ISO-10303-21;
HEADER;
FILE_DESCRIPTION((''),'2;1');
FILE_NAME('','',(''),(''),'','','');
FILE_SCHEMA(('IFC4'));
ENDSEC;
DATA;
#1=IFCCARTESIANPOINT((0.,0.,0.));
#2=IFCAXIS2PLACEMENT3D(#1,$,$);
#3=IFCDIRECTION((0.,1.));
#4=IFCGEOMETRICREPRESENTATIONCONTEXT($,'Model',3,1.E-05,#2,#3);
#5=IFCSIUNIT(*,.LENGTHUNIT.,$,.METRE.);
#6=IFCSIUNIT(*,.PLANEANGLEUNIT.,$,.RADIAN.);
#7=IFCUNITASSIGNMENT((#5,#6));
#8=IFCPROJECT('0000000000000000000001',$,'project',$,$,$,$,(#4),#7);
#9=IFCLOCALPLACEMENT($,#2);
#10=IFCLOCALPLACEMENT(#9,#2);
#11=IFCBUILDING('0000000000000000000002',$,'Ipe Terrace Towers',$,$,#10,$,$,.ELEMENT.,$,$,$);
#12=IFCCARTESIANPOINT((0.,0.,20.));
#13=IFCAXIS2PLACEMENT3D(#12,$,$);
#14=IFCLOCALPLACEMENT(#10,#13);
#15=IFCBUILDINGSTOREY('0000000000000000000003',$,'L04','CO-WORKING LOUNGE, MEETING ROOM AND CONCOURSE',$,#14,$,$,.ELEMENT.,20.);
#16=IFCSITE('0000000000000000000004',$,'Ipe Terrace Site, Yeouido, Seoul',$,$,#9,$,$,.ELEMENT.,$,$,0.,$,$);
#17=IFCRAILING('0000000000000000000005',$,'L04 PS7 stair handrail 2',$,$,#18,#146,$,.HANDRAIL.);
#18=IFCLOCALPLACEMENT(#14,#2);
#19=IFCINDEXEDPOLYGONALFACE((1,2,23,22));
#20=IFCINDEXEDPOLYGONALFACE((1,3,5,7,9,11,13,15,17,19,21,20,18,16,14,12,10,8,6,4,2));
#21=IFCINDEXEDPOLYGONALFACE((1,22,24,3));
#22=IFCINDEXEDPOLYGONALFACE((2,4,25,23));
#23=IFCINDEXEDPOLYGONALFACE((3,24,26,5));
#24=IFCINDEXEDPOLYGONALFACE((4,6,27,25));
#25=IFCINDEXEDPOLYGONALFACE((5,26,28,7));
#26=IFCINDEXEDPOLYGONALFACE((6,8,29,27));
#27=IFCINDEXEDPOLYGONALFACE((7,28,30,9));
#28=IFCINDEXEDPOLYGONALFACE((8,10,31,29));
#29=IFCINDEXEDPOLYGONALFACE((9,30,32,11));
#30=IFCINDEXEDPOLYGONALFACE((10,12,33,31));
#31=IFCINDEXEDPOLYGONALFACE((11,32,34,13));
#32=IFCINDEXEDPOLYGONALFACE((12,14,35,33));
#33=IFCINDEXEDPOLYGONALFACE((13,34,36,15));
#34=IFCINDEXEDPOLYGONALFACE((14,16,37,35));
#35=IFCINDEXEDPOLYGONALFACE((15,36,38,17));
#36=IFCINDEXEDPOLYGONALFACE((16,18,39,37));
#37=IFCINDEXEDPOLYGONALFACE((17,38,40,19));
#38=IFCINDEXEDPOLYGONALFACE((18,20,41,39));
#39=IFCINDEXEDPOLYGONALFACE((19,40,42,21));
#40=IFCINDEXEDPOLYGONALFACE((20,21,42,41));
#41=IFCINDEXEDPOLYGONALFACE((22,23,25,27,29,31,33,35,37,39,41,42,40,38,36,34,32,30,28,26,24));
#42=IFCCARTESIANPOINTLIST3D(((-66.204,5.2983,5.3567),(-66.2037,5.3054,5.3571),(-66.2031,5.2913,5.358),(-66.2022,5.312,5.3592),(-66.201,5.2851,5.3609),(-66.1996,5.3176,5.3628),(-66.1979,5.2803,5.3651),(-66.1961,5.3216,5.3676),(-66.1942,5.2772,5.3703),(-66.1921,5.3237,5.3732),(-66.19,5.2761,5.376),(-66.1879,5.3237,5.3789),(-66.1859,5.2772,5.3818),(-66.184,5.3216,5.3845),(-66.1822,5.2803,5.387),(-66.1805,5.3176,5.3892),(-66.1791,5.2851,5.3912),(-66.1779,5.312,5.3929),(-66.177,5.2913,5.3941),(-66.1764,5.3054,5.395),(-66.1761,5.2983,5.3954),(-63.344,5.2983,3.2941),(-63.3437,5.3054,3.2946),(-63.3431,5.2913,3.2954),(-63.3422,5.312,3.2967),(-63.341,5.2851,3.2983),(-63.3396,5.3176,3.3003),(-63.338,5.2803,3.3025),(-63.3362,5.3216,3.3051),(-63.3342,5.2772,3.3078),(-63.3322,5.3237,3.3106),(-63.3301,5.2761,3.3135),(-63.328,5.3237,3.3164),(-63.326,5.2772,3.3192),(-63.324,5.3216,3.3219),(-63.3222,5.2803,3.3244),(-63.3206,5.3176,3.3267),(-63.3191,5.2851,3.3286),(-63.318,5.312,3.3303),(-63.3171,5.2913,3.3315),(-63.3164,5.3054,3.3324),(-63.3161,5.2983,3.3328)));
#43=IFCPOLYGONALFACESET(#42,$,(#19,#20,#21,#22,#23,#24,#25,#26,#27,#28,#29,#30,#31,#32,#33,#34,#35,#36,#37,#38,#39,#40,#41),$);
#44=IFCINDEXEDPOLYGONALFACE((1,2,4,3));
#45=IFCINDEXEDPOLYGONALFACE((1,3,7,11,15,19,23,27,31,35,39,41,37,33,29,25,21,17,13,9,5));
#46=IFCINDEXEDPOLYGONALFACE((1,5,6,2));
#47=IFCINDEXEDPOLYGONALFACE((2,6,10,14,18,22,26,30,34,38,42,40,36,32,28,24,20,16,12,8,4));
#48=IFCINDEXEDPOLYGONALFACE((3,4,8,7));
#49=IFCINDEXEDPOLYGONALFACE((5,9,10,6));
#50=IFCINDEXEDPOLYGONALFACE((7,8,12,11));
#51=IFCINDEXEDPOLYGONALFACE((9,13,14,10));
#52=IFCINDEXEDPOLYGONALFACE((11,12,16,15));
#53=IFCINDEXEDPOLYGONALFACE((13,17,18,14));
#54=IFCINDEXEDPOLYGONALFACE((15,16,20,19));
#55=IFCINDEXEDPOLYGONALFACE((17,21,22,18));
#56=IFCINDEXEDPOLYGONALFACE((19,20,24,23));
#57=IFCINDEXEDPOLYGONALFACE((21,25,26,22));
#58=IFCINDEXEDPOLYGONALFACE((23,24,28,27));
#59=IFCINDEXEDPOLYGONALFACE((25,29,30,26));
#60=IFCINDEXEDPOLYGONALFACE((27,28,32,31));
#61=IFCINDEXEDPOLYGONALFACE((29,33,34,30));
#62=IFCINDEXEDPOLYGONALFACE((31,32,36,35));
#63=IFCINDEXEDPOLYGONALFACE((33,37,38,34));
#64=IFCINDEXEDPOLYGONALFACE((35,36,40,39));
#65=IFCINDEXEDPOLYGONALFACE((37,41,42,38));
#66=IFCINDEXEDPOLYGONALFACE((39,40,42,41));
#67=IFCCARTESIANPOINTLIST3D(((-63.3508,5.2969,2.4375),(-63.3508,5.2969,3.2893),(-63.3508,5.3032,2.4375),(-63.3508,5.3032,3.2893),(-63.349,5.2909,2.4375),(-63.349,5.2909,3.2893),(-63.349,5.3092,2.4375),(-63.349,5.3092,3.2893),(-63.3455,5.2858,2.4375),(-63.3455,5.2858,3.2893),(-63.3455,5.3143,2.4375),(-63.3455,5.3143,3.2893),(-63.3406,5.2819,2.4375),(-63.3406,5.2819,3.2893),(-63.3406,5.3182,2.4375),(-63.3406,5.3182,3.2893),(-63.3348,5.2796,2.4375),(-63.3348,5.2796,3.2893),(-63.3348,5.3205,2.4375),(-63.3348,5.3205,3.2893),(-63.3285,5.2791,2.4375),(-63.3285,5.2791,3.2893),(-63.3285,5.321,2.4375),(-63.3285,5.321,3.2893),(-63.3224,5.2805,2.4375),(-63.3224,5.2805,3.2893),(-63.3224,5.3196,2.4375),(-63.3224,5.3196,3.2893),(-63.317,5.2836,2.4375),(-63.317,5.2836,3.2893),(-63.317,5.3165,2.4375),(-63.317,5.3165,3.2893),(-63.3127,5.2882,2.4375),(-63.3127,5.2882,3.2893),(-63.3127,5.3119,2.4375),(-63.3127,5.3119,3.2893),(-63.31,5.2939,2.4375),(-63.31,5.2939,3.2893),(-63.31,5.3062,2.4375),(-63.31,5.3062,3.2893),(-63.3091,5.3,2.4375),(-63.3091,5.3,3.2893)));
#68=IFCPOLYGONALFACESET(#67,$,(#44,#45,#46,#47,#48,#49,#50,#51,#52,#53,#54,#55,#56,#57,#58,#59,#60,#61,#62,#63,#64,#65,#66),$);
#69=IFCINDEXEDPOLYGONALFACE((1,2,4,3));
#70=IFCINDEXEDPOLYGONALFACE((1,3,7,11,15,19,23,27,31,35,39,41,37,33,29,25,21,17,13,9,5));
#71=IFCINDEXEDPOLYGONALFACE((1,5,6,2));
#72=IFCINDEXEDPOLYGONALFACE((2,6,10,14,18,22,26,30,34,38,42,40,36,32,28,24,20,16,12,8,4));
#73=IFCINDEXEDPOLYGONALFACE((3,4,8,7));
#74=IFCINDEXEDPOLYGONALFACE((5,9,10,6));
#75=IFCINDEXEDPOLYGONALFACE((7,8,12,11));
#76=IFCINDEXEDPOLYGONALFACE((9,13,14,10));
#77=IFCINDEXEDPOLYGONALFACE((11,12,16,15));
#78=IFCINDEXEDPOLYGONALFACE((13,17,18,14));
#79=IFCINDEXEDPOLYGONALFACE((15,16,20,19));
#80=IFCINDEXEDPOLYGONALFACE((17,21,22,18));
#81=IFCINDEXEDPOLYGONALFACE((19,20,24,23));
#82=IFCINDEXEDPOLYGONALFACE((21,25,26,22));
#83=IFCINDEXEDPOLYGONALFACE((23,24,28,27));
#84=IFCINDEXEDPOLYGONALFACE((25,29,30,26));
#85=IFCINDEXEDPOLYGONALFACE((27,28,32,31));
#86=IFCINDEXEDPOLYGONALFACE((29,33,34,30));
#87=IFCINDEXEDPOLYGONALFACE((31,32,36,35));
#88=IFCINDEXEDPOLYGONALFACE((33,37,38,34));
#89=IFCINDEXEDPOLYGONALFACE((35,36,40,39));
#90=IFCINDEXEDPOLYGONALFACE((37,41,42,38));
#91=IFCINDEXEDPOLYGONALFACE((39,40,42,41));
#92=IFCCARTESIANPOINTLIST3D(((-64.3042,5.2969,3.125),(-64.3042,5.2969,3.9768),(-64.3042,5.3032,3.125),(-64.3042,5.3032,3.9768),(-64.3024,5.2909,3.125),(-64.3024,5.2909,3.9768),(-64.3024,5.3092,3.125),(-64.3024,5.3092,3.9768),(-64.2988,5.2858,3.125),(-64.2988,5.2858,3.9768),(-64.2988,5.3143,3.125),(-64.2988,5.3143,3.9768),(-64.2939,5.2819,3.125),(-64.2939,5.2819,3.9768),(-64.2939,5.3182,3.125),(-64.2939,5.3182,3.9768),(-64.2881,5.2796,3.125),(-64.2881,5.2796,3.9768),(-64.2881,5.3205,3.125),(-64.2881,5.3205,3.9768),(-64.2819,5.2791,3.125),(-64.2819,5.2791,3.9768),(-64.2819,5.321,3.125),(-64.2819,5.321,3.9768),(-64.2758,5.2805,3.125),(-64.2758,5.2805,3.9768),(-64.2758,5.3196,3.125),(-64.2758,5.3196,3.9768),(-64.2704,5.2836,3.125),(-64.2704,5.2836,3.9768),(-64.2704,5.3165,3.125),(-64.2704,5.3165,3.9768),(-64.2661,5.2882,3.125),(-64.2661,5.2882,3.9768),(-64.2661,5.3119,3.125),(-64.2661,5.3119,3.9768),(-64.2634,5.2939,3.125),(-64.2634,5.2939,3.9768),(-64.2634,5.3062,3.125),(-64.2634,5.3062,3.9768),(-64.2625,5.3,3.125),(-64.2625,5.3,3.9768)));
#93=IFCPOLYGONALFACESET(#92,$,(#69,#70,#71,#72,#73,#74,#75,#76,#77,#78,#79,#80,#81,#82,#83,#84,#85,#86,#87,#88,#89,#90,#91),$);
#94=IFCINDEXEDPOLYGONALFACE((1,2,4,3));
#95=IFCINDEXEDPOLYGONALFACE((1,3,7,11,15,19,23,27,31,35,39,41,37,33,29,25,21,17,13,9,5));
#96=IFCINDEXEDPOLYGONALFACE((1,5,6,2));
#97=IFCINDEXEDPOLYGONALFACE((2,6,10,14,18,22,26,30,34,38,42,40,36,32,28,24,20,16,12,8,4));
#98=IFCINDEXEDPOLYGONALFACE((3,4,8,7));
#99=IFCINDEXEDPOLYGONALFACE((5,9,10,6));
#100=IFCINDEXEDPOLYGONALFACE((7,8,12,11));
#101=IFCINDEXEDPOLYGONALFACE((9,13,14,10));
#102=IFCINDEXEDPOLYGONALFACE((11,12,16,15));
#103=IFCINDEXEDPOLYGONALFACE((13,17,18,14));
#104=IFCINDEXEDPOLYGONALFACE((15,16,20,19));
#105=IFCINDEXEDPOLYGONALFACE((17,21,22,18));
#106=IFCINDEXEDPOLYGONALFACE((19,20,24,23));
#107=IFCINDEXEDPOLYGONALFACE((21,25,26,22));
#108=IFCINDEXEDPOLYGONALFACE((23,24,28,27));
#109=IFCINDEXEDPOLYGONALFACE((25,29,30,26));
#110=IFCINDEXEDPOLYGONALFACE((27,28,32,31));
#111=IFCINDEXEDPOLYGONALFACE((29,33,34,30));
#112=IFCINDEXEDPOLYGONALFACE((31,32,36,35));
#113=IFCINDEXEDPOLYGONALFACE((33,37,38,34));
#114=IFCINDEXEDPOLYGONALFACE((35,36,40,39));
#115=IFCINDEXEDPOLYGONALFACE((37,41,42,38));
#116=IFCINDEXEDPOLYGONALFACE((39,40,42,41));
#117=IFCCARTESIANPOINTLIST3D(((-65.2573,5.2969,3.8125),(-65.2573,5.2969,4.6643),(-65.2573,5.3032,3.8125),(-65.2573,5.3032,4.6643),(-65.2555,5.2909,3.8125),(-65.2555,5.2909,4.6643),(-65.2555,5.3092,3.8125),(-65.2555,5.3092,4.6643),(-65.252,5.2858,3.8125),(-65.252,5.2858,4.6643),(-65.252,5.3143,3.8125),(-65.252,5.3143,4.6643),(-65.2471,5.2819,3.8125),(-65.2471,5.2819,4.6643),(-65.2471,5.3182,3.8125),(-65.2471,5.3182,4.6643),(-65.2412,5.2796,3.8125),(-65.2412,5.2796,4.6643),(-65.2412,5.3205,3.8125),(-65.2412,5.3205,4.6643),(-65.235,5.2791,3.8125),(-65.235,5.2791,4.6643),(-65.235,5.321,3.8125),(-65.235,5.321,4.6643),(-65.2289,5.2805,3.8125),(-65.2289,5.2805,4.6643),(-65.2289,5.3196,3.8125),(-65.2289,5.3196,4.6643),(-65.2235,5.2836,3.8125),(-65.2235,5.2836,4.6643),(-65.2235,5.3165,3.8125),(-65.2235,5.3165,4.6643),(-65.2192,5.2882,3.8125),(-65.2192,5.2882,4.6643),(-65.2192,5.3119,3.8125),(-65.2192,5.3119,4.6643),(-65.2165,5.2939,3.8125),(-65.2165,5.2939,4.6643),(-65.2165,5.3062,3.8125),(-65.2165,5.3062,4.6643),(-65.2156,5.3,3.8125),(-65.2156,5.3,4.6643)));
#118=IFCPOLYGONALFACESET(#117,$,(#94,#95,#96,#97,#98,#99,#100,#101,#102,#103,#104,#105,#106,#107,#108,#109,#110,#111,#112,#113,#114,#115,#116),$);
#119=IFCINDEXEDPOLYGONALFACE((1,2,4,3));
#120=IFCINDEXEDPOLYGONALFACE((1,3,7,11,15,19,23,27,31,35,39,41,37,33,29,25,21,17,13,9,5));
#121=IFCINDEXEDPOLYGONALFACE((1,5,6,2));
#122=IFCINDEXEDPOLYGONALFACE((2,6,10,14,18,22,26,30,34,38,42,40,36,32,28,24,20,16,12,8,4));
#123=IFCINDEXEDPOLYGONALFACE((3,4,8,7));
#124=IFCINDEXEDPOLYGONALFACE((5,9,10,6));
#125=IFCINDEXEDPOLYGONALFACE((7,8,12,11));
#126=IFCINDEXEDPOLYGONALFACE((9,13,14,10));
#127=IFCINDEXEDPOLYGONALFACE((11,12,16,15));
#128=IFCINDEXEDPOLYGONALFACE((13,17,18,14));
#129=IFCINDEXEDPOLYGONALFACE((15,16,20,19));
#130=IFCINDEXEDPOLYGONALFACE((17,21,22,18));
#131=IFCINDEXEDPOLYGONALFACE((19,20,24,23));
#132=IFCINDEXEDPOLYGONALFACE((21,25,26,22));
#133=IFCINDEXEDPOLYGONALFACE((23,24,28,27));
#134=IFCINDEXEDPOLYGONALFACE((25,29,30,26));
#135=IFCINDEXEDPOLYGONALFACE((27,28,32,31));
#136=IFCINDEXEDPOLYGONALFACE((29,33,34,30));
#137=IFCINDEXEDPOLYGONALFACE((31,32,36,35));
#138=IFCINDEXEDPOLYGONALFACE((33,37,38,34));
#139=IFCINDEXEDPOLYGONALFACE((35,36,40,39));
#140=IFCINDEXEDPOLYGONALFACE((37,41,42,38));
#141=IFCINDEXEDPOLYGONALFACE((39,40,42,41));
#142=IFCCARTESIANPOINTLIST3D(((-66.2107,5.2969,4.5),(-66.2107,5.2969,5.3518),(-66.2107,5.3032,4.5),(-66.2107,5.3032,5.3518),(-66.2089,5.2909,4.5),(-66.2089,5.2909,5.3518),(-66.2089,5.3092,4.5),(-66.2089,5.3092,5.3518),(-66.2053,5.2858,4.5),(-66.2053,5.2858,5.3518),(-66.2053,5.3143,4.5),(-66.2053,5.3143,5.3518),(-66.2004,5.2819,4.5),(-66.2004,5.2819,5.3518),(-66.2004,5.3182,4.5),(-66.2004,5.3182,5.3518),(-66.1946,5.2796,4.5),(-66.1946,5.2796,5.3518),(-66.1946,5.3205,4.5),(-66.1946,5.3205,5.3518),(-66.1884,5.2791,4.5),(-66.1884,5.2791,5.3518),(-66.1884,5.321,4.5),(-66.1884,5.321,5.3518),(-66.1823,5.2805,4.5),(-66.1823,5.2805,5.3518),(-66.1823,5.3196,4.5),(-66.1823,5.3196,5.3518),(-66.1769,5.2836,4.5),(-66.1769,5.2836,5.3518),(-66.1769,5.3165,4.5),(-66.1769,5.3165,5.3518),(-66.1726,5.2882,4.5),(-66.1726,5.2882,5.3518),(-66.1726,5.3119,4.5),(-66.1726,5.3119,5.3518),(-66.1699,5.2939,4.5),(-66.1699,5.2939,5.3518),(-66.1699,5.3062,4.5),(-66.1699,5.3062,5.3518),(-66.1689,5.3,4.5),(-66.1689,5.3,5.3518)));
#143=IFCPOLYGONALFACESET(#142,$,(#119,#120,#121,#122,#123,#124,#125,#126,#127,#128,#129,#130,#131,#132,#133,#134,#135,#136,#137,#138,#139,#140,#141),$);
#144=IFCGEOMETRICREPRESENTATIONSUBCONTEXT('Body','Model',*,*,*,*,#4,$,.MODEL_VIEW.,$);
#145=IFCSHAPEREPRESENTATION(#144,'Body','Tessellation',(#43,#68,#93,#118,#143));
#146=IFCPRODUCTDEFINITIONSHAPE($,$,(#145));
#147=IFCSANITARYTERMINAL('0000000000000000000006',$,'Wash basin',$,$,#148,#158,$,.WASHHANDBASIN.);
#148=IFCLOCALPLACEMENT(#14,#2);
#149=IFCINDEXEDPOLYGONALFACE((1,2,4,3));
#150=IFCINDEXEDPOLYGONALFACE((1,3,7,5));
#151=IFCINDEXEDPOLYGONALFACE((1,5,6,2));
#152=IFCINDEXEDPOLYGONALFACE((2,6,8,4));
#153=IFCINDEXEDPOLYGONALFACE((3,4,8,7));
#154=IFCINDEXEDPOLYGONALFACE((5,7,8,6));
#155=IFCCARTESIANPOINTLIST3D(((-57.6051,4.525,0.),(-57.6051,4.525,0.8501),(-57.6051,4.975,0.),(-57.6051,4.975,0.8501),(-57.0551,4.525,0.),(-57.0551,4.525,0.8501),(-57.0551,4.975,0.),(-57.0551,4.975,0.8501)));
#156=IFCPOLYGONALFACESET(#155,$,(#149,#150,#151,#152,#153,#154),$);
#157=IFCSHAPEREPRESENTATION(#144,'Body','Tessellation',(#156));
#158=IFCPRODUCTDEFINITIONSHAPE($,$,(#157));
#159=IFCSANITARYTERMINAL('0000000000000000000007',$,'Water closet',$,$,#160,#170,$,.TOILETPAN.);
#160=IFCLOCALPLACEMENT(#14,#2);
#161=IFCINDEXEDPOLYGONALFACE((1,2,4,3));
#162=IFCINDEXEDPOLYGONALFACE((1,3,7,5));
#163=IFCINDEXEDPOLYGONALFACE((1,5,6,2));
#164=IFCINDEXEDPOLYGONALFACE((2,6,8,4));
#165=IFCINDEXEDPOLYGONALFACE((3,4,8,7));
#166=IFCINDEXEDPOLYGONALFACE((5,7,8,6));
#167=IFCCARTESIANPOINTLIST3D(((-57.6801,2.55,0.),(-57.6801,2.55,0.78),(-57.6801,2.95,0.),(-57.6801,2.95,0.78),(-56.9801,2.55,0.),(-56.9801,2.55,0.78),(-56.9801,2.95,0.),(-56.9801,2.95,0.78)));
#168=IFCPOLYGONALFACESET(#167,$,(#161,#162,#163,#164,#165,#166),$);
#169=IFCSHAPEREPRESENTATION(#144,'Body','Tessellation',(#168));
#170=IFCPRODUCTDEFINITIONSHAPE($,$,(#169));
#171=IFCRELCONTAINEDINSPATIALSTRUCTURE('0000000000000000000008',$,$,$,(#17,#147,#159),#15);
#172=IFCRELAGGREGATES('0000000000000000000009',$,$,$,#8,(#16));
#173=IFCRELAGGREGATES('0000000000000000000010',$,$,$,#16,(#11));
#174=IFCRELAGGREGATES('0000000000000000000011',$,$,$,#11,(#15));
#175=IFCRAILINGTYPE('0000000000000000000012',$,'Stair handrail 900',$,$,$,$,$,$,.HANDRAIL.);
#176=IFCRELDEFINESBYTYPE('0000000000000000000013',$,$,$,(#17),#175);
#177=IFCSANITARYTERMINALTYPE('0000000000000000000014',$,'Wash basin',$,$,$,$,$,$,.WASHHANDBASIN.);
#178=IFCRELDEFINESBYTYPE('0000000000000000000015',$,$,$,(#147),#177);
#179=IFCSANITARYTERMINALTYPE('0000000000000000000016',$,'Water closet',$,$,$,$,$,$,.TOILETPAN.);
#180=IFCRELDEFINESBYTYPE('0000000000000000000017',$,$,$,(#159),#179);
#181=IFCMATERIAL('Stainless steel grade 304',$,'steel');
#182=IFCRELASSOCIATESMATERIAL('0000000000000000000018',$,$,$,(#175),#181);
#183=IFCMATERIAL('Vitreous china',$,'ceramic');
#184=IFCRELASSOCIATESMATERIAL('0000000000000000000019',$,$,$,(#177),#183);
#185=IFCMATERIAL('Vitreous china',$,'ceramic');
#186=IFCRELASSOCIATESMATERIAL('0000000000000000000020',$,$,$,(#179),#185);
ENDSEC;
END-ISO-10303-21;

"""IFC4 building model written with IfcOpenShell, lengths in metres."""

from ifc_helpers import new_model, si_unit, direction, frame, origin, origin_2d, place, context, subcontext, project, spatial, rectangle, circle, extrude, material, type_object, element, save


model = new_model("IFC4")

# Units and contexts
model_context = context("Model", 3, precision=1e-05, world=origin(), true_north=direction((0.0, 1.0)))
body_context = subcontext(model_context, "Body", "Model", "MODEL_VIEW")
ifc_project = project(units=[si_unit("LENGTHUNIT", "METRE"), si_unit("PLANEANGLEUNIT", "RADIAN")], contexts=[model_context])

# Site, building, storey
site_placement = place(None, origin())
site = spatial("IfcSite", under=ifc_project, at=site_placement, Name="Ipe Terrace Site, Yeouido, Seoul", CompositionType="ELEMENT", RefElevation=0.0)
building_placement = place(site_placement, origin())
building = spatial("IfcBuilding", under=site, at=building_placement, Name="Ipe Terrace Towers", CompositionType="ELEMENT")
storey_placement = place(building_placement, frame((0.0, 0.0, 20.0)))
storey = spatial("IfcBuildingStorey", under=building, at=storey_placement, Name="L04", Description="CO-WORKING LOUNGE, MEETING ROOM AND CONCOURSE", CompositionType="ELEMENT", Elevation=20.0)

# Railing
ifc_material_1 = material(Name="Stainless steel grade 304", Category="steel")
railing_type_1 = type_object("IfcRailingType", Name="Stair handrail 900", PredefinedType="HANDRAIL", material=ifc_material_1)
railing_1_placement = place(storey_placement, frame((-63.3301, 5.3, 2.4375)))
element("IfcRailing", 1, at=railing_1_placement, inside=storey, type_object=railing_type_1, Name="L04 PS7 stair handrail 2", PredefinedType="HANDRAIL", context=body_context, shape_type="SweptSolid", body=[
    extrude(circle(Radius=0.0239, at=origin_2d()), frame((0.0, 0.0, 0.876), z_axis=(-0.811077, 0.0, 0.584939), x_axis=(0.0, -1.0, 0.0)), (0.0, 0.0, 1.0), 3.5261),
    extrude(circle(Radius=0.021, at=origin_2d()), origin(), (0.0, 0.0, 1.0), 0.8518),
    extrude(circle(Radius=0.021, at=origin_2d()), frame((-0.9534, 0.0, 0.6875)), (0.0, 0.0, 1.0), 0.8518),
    extrude(circle(Radius=0.021, at=origin_2d()), frame((-1.9065, 0.0, 1.375)), (0.0, 0.0, 1.0), 0.8518),
    extrude(circle(Radius=0.021, at=origin_2d()), frame((-2.8599, 0.0, 2.0625)), (0.0, 0.0, 1.0), 0.8518),
])

# Sanitary terminals
ifc_material_2 = material(Name="Vitreous china", Category="ceramic")
sanitary_terminal_type_1 = type_object("IfcSanitaryTerminalType", Name="Wash basin", PredefinedType="WASHHANDBASIN", material=ifc_material_2)
sanitary_terminal_1_placement = place(storey_placement, frame((-57.3301, 4.75, 0.0), z_axis=(0.0, 0.0, 1.0), x_axis=(1.0, 0.0, 0.0)))
element("IfcSanitaryTerminal", 2, at=sanitary_terminal_1_placement, inside=storey, type_object=sanitary_terminal_type_1, Name="Wash basin", PredefinedType="WASHHANDBASIN", context=body_context, shape_type="SweptSolid", body=[
    extrude(rectangle(XDim=0.55, YDim=0.45, at=origin_2d()), origin(), (0.0, 0.0, 1.0), 0.8501),
])
ifc_material_3 = material(Name="Vitreous china", Category="ceramic")
sanitary_terminal_type_2 = type_object("IfcSanitaryTerminalType", Name="Water closet", PredefinedType="TOILETPAN", material=ifc_material_3)
sanitary_terminal_2_placement = place(storey_placement, frame((-57.3301, 2.75, 0.0), z_axis=(0.0, 0.0, 1.0), x_axis=(1.0, 0.0, 0.0)))
element("IfcSanitaryTerminal", 3, at=sanitary_terminal_2_placement, inside=storey, type_object=sanitary_terminal_type_2, Name="Water closet", PredefinedType="TOILETPAN", context=body_context, shape_type="SweptSolid", body=[
    extrude(rectangle(XDim=0.7, YDim=0.3999, at=origin_2d()), origin(), (0.0, 0.0, 1.0), 0.78),
])

save(model, "model.ifc")
